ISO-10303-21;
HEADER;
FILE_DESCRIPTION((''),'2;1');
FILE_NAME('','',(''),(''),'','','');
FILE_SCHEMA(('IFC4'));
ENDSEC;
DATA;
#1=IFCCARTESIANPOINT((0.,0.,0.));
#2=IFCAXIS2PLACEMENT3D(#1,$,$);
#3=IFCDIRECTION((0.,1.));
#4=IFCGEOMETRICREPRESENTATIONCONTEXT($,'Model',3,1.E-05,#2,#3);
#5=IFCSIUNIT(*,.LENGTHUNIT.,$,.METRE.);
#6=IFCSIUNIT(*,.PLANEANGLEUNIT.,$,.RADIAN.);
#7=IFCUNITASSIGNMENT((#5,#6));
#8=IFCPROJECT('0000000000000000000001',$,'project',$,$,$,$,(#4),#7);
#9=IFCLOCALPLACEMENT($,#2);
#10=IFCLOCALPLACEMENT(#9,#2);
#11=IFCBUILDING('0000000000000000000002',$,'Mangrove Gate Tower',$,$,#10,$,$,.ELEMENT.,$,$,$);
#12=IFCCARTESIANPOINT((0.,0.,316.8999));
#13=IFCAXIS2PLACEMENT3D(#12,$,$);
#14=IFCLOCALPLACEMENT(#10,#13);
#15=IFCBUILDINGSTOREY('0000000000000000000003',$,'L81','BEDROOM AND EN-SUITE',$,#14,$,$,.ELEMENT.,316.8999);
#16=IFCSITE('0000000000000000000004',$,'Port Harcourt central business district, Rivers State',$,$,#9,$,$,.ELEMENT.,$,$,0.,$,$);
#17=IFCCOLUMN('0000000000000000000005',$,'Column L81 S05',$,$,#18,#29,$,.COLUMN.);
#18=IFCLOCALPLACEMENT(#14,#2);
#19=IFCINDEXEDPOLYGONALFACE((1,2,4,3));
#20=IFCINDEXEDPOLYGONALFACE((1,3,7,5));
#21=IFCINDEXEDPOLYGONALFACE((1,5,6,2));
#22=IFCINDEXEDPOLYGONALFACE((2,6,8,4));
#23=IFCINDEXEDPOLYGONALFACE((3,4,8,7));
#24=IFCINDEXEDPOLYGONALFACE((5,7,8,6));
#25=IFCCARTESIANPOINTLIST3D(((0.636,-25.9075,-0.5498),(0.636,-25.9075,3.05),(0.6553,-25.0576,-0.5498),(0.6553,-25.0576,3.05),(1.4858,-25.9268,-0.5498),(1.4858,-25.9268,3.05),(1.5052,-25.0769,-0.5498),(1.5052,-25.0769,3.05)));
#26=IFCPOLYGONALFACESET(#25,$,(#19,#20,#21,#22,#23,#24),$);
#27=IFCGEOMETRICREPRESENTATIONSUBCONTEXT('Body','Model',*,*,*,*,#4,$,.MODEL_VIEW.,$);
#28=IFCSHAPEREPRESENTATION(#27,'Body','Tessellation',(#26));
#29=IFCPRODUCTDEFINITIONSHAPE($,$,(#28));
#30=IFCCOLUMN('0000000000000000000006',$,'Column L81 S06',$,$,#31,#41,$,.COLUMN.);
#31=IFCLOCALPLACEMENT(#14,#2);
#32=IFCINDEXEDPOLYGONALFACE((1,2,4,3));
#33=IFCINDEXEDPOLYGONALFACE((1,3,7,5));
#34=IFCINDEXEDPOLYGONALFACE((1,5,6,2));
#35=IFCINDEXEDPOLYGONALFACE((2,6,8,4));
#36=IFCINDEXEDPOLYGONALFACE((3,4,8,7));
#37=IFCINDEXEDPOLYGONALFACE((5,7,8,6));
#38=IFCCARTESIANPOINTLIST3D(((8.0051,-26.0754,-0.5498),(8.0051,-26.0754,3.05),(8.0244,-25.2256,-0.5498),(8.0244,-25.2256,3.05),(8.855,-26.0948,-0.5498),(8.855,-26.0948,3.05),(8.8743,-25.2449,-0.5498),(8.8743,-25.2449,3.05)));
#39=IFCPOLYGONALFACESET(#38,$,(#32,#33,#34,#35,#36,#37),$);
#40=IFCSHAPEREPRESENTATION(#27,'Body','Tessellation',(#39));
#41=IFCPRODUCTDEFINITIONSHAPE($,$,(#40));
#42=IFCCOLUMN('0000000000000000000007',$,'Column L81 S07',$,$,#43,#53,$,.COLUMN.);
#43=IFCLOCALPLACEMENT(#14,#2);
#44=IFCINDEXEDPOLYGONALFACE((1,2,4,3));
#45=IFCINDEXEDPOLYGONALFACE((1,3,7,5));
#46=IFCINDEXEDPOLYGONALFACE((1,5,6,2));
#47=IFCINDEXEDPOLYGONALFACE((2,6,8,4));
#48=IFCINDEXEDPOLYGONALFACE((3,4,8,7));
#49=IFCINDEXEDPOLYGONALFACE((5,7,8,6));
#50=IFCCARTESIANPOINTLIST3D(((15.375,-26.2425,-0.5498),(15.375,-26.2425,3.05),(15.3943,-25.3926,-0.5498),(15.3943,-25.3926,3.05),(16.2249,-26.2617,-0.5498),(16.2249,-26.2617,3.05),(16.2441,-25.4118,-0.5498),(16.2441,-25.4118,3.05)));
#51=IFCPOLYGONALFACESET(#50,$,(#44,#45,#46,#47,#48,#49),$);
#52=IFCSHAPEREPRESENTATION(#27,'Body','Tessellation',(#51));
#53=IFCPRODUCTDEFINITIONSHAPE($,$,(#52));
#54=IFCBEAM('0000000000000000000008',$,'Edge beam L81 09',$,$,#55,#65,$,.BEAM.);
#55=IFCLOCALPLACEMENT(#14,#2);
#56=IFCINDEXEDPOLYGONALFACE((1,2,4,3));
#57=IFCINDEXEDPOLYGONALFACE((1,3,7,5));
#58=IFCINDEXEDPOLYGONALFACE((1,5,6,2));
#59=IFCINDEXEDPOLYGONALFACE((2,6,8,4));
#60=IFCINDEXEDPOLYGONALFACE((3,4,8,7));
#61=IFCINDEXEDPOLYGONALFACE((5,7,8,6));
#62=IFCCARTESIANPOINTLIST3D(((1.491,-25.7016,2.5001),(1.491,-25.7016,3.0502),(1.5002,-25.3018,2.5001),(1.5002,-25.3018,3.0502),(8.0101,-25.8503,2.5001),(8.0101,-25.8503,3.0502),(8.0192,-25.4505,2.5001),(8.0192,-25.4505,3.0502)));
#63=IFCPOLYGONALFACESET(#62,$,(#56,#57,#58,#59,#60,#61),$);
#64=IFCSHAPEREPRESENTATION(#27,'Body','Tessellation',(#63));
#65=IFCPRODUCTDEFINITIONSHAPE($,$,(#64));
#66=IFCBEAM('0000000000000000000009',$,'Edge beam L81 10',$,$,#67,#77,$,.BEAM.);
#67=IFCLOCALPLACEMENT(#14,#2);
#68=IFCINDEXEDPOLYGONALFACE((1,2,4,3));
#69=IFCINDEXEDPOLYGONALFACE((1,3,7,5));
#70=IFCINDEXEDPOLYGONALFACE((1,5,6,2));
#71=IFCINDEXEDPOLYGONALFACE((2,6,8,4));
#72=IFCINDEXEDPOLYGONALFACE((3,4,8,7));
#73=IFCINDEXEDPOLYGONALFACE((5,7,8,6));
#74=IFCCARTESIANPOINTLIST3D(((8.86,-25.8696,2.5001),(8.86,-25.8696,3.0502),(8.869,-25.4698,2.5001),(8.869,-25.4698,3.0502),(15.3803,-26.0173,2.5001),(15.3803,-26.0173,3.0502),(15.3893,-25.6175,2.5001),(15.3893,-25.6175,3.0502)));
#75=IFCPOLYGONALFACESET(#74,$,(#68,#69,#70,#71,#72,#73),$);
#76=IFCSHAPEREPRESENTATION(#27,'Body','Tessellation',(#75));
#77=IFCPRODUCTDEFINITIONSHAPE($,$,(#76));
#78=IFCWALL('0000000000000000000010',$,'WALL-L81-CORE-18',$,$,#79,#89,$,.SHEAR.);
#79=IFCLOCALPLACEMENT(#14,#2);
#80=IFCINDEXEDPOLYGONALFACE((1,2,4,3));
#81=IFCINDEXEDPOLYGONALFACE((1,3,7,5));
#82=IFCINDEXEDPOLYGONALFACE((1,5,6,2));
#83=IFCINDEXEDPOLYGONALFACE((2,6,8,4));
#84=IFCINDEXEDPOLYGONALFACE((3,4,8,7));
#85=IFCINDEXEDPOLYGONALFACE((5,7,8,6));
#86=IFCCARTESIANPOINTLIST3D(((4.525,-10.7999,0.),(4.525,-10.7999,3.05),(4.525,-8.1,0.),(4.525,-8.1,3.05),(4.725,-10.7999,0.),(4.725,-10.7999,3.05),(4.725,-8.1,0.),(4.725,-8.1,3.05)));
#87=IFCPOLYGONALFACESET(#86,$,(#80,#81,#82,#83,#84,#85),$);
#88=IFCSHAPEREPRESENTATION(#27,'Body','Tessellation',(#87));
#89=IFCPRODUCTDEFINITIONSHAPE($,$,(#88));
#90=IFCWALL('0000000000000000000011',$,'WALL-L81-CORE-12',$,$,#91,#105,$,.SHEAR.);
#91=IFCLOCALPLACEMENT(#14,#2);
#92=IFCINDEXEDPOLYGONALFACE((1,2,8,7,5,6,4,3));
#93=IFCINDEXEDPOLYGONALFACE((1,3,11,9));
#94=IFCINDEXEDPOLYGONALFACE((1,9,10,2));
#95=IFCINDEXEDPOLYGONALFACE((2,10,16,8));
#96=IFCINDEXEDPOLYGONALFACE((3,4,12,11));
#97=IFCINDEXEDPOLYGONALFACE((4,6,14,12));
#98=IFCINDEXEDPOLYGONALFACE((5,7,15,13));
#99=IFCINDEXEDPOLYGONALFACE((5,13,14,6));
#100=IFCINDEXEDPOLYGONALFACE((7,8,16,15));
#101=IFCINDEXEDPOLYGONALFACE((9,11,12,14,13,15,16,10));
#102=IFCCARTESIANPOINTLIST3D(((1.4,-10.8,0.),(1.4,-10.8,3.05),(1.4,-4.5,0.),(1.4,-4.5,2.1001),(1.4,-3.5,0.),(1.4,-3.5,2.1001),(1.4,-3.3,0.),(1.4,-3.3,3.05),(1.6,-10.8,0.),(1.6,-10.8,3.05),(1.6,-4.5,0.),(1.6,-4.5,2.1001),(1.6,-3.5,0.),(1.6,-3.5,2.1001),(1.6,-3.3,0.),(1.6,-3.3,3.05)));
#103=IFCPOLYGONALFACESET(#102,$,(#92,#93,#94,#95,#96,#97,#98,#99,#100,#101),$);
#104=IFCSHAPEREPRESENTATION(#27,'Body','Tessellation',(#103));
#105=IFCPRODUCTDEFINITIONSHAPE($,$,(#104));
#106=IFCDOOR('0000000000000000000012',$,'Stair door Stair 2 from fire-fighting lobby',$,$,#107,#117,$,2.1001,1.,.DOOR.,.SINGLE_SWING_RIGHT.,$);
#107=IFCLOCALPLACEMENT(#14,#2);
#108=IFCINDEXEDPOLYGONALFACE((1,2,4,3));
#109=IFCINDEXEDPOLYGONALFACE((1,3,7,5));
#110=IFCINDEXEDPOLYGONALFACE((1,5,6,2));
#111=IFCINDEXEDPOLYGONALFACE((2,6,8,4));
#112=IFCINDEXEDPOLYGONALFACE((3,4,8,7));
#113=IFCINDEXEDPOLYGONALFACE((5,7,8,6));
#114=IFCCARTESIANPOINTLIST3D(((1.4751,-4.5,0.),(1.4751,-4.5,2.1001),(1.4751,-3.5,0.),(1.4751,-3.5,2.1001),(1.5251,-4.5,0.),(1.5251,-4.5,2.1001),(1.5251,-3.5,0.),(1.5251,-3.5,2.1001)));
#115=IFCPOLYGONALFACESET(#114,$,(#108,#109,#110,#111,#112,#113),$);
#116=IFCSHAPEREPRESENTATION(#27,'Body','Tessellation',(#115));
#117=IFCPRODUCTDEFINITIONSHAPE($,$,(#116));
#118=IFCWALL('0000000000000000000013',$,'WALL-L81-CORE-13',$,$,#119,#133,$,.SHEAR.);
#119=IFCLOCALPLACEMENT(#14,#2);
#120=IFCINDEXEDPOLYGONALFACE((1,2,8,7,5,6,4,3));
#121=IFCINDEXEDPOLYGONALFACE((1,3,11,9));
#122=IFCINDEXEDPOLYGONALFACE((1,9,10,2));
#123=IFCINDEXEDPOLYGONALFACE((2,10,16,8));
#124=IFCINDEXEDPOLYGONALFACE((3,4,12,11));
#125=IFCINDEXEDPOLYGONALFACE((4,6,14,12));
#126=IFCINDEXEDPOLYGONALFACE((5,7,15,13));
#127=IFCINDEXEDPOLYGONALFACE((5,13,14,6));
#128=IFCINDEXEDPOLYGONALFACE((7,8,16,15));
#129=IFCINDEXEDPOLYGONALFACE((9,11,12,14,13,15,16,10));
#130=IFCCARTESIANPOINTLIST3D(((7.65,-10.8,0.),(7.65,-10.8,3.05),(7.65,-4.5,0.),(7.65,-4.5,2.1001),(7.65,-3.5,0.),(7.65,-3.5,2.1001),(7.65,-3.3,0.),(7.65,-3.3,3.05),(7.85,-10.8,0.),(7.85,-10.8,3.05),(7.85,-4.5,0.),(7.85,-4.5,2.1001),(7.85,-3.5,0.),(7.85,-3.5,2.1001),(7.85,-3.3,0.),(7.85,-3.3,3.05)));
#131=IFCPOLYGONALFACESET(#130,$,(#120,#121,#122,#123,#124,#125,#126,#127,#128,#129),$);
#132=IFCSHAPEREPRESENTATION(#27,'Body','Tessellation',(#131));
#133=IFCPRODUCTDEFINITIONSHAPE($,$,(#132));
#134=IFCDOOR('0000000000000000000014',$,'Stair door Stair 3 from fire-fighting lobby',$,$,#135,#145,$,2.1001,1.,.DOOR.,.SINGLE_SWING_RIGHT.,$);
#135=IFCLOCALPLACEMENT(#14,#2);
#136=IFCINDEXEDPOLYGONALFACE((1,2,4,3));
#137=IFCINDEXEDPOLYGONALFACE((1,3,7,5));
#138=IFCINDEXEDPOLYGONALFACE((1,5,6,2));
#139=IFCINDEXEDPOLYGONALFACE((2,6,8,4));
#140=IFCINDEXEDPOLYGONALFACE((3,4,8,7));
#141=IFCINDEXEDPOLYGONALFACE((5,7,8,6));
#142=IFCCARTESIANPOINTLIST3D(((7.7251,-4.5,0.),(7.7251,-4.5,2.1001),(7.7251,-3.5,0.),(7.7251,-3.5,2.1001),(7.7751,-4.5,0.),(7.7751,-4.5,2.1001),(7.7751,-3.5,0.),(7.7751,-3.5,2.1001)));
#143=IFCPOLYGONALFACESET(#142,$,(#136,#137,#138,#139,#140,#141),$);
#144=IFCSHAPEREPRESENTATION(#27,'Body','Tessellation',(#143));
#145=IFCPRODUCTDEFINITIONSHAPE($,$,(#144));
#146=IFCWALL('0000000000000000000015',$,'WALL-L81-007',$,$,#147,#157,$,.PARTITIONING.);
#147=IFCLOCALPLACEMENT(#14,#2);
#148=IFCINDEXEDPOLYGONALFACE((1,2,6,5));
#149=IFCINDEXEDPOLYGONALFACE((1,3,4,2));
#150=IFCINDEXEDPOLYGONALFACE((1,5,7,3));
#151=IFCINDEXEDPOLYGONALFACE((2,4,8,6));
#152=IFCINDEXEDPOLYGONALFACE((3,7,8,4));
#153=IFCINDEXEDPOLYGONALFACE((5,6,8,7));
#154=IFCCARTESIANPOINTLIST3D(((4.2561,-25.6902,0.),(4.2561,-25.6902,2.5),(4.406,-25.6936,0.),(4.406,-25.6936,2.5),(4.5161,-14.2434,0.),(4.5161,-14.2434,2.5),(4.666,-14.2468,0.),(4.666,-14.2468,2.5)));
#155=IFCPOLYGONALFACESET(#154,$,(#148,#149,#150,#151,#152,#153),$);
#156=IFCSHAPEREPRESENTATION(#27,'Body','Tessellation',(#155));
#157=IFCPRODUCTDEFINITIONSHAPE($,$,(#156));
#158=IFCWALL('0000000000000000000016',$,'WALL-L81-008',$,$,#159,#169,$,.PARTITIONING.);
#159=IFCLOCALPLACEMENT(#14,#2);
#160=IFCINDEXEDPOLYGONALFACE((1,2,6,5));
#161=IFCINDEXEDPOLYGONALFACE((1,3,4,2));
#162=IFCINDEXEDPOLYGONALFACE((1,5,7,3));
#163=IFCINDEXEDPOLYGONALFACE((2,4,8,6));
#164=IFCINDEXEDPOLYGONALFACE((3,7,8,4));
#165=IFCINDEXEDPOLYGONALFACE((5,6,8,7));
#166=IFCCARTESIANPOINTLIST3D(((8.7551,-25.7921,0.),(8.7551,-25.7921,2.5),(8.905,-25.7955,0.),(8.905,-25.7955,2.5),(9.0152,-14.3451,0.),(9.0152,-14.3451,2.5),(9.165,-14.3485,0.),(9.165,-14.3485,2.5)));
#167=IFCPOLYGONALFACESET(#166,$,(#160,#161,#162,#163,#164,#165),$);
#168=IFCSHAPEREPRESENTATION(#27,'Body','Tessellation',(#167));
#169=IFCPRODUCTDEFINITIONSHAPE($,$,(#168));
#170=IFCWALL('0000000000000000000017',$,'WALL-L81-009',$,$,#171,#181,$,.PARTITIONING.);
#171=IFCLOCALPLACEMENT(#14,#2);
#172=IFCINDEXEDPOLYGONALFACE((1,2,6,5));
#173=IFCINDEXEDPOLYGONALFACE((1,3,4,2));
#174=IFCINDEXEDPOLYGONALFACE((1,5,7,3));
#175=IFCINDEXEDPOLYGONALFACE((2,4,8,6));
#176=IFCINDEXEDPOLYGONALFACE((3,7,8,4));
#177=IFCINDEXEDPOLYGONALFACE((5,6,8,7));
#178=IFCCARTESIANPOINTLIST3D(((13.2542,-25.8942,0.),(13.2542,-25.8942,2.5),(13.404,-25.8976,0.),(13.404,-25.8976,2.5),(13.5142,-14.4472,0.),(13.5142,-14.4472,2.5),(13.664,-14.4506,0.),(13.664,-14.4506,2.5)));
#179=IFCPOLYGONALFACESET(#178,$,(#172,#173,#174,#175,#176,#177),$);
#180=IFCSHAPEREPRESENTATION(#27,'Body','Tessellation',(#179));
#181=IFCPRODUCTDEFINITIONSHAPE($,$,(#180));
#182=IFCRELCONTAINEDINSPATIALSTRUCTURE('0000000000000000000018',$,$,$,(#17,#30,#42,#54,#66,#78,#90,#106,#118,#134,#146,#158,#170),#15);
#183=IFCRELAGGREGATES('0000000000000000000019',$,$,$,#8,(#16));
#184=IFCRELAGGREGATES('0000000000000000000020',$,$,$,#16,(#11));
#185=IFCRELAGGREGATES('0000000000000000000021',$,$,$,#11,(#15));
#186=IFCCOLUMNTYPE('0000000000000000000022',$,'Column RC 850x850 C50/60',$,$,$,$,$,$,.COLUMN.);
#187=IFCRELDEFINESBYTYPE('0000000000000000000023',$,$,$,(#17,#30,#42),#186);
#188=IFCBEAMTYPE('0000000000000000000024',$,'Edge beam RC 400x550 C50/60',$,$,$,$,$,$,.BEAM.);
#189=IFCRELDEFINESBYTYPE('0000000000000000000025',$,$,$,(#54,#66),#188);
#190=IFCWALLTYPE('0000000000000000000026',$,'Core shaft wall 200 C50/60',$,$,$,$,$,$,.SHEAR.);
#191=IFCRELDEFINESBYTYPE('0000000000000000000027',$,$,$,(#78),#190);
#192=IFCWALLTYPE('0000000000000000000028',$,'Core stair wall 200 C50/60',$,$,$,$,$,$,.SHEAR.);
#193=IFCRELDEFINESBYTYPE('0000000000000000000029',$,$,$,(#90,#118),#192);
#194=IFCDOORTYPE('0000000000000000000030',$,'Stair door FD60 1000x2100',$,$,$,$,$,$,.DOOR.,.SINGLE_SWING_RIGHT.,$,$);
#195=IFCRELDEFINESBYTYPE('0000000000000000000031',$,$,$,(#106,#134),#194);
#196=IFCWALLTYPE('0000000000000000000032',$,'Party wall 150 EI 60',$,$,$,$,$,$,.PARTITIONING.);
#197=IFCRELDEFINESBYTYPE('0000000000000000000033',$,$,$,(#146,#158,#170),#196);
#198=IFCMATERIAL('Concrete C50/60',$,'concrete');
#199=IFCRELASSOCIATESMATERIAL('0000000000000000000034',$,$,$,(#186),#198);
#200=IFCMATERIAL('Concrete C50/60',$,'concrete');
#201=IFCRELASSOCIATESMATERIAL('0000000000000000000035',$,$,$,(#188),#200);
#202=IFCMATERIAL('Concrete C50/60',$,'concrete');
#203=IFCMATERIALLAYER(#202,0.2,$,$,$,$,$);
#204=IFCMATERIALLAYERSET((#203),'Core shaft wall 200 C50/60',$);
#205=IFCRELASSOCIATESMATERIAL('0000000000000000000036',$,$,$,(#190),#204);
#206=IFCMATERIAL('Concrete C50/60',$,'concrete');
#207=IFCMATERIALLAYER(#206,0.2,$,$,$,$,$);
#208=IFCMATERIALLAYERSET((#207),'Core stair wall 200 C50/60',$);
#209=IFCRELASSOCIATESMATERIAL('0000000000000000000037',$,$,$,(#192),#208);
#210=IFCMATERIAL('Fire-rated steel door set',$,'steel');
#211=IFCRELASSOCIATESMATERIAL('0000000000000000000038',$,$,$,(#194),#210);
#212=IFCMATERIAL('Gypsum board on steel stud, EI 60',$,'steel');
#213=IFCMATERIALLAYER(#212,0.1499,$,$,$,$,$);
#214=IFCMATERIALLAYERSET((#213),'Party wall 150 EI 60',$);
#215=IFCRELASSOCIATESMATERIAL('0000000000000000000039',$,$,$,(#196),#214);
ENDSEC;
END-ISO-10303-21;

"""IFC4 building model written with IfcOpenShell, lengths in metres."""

from ifc_helpers import new_model, si_unit, direction, frame, frame_2d, origin, origin_2d, place, context, subcontext, project, spatial, rectangle, extrude, material, layer, layer_set, material_profile, profile_set, type_object, element, fill, save


model = new_model("IFC4")

# Units and contexts
model_context = context("Model", 3, precision=1e-05, world=origin(), true_north=direction((0.0, 1.0)))
body_context = subcontext(model_context, "Body", "Model", "MODEL_VIEW")
ifc_project = project(units=[si_unit("LENGTHUNIT", "METRE"), si_unit("PLANEANGLEUNIT", "RADIAN")], contexts=[model_context])

# Site, building, storey
site_placement = place(None, origin())
site = spatial("IfcSite", under=ifc_project, at=site_placement, Name="Port Harcourt central business district, Rivers State", CompositionType="ELEMENT", RefElevation=0.0)
building_placement = place(site_placement, origin())
building = spatial("IfcBuilding", under=site, at=building_placement, Name="Mangrove Gate Tower", CompositionType="ELEMENT")
storey_placement = place(building_placement, frame((0.0, 0.0, 316.8999)))
storey = spatial("IfcBuildingStorey", under=building, at=storey_placement, Name="L81", Description="BEDROOM AND EN-SUITE", CompositionType="ELEMENT", Elevation=316.8999)

# Columns
ifc_material_1 = material(Name="Concrete C50/60", Category="concrete")
ifc_material_profile_1 = material_profile(ifc_material_1, rectangle(XDim=0.8501, YDim=0.8501, at=origin_2d()))
ifc_profile_set_1 = profile_set([ifc_material_profile_1], Name="Concrete C50/60")
column_type = type_object("IfcColumnType", Name="Column RC 850x850 C50/60", PredefinedType="COLUMN", material=ifc_profile_set_1)
for number, where, z_axis, x_axis, name in (
    (1, (1.0706, -25.4922, -0.5498), (0.0, 0.0, 1.0), (0.999742, -0.022723, 0.0), "Column L81 S05"),
    (2, (8.4397, -25.6602, -0.5498), (0.0, 0.0, 1.0), (0.999742, -0.022723, 0.0), "Column L81 S06"),
    (3, (15.8096, -25.8271, -0.5498), (0.0, 0.0, 1.0), (0.999743, -0.022654, 0.0), "Column L81 S07"),
):
    element("IfcColumn", number, at=place(storey_placement, frame(where, z_axis=z_axis, x_axis=x_axis)), inside=storey, type_object=column_type, Name=name, PredefinedType="COLUMN", context=body_context, shape_type="SweptSolid", body=[
        extrude(rectangle(XDim=0.8501, YDim=0.8501, at=origin_2d()), origin(), (0.0, 0.0, 1.0), 3.5999),
    ])

# Beams
ifc_material_2 = material(Name="Concrete C50/60", Category="concrete")
ifc_material_profile_2 = material_profile(ifc_material_2, rectangle(XDim=0.3999, YDim=0.55, at=origin_2d()))
ifc_profile_set_2 = profile_set([ifc_material_profile_2], Name="Concrete C50/60")
beam_type = type_object("IfcBeamType", Name="Edge beam RC 400x550 C50/60", PredefinedType="BEAM", material=ifc_profile_set_2)
beam_1_placement = place(storey_placement, frame((1.4956, -25.5017, 2.7751), z_axis=(0.99974, -0.022801, 0.0), x_axis=(0.022801, 0.99974, 0.0)))
element("IfcBeam", 4, at=beam_1_placement, inside=storey, type_object=beam_type, Name="Edge beam L81 09", PredefinedType="BEAM", context=body_context, shape_type="SweptSolid", body=[
    extrude(rectangle(XDim=0.3999, YDim=0.55, at=origin_2d()), origin(), (0.0, 0.0, 1.0), 6.5208),
])
beam_2_placement = place(storey_placement, frame((8.8645, -25.6697, 2.7751), z_axis=(0.999744, -0.022647, 0.0), x_axis=(0.022647, 0.999744, 0.0)))
element("IfcBeam", 5, at=beam_2_placement, inside=storey, type_object=beam_type, Name="Edge beam L81 10", PredefinedType="BEAM", context=body_context, shape_type="SweptSolid", body=[
    extrude(rectangle(XDim=0.3999, YDim=0.55, at=origin_2d()), origin(), (0.0, 0.0, 1.0), 6.522),
])

# Wall
ifc_material_3 = material(Name="Concrete C50/60", Category="concrete")
ifc_layer_1 = layer(ifc_material_3, 0.2)
ifc_layer_set_1 = layer_set([ifc_layer_1], Name="Core shaft wall 200 C50/60")
wall_type_1 = type_object("IfcWallType", Name="Core shaft wall 200 C50/60", PredefinedType="SHEAR", material=ifc_layer_set_1)
wall_1_placement = place(storey_placement, frame((4.625, -10.8, 0.0), z_axis=(0.0, 0.0, 1.0), x_axis=(0.0, 1.0, 0.0)))
element("IfcWall", 6, at=wall_1_placement, inside=storey, type_object=wall_type_1, Name="WALL-L81-CORE-18", PredefinedType="SHEAR", context=body_context, shape_type="SweptSolid", body=[
    extrude(rectangle(XDim=2.7, YDim=0.2, at=frame_2d((1.3501, 0.0))), origin(), (0.0, 0.0, 1.0), 3.05),
])

# Walls, openings, doors
ifc_material_4 = material(Name="Concrete C50/60", Category="concrete")
ifc_layer_2 = layer(ifc_material_4, 0.2)
ifc_layer_set_2 = layer_set([ifc_layer_2], Name="Core stair wall 200 C50/60")
wall_type_2 = type_object("IfcWallType", Name="Core stair wall 200 C50/60", PredefinedType="SHEAR", material=ifc_layer_set_2)
wall_2_placement = place(storey_placement, frame((1.5, -10.8, 0.0), z_axis=(0.0, 0.0, 1.0), x_axis=(0.0, 1.0, 0.0)))
wall_2 = element("IfcWall", 7, at=wall_2_placement, inside=storey, type_object=wall_type_2, Name="WALL-L81-CORE-12", PredefinedType="SHEAR", context=body_context, shape_type="SweptSolid", body=[
    extrude(rectangle(XDim=7.5, YDim=0.2, at=frame_2d((3.75, 0.0))), origin(), (0.0, 0.0, 1.0), 3.05),
])
opening_1_placement = place(wall_2_placement, frame((6.3, 0.0, 0.0)))
opening_1 = element("IfcOpeningElement", 8, at=opening_1_placement, cuts=wall_2, PredefinedType="OPENING", context=body_context, shape_type="SweptSolid", body=[
    extrude(rectangle(XDim=1.0, YDim=2.1001, at=frame_2d((0.5, 1.05))), frame((0.0, 0.1099, 0.0), z_axis=(0.0, -1.0, 0.0), x_axis=(1.0, 0.0, 0.0)), (0.0, 0.0, 1.0), 0.22),
])
ifc_material_5 = material(Name="Fire-rated steel door set", Category="steel")
door_type_1 = type_object("IfcDoorType", Name="Stair door FD60 1000x2100", OperationType="SINGLE_SWING_RIGHT", PredefinedType="DOOR", material=ifc_material_5)
door_1_placement = place(opening_1_placement, origin())
door_1 = element("IfcDoor", 9, at=door_1_placement, inside=storey, type_object=door_type_1, Name="Stair door Stair 2 from fire-fighting lobby", OperationType="SINGLE_SWING_RIGHT", OverallHeight=2.1001, OverallWidth=1.0, PredefinedType="DOOR", context=body_context, shape_type="SweptSolid", body=[
    extrude(rectangle(XDim=1.0, YDim=2.1001, at=frame_2d((0.5, 1.05))), frame((0.0, 0.0249, 0.0), z_axis=(0.0, -1.0, 0.0), x_axis=(1.0, 0.0, 0.0)), (0.0, 0.0, 1.0), 0.05),
])
fill(opening_1, door_1)
wall_3_placement = place(storey_placement, frame((7.75, -10.8, 0.0), z_axis=(0.0, 0.0, 1.0), x_axis=(0.0, 1.0, 0.0)))
wall_3 = element("IfcWall", 10, at=wall_3_placement, inside=storey, type_object=wall_type_2, Name="WALL-L81-CORE-13", PredefinedType="SHEAR", context=body_context, shape_type="SweptSolid", body=[
    extrude(rectangle(XDim=7.5, YDim=0.2, at=frame_2d((3.75, 0.0))), origin(), (0.0, 0.0, 1.0), 3.05),
])
opening_2_placement = place(wall_3_placement, frame((6.3, 0.0, 0.0)))
opening_2 = element("IfcOpeningElement", 11, at=opening_2_placement, cuts=wall_3, PredefinedType="OPENING", context=body_context, shape_type="SweptSolid", body=[
    extrude(rectangle(XDim=1.0, YDim=2.1001, at=frame_2d((0.5, 1.05))), frame((0.0, 0.1099, 0.0), z_axis=(0.0, -1.0, 0.0), x_axis=(1.0, 0.0, 0.0)), (0.0, 0.0, 1.0), 0.22),
])
door_2_placement = place(opening_2_placement, origin())
door_2 = element("IfcDoor", 12, at=door_2_placement, inside=storey, type_object=door_type_1, Name="Stair door Stair 3 from fire-fighting lobby", OperationType="SINGLE_SWING_RIGHT", OverallHeight=2.1001, OverallWidth=1.0, PredefinedType="DOOR", context=body_context, shape_type="SweptSolid", body=[
    extrude(rectangle(XDim=1.0, YDim=2.1001, at=frame_2d((0.5, 1.05))), frame((0.0, 0.0249, 0.0), z_axis=(0.0, -1.0, 0.0), x_axis=(1.0, 0.0, 0.0)), (0.0, 0.0, 1.0), 0.05),
])
fill(opening_2, door_2)

# Walls
ifc_material_6 = material(Name="Gypsum board on steel stud, EI 60", Category="steel")
ifc_layer_3 = layer(ifc_material_6, 0.1499)
ifc_layer_set_3 = layer_set([ifc_layer_3], Name="Party wall 150 EI 60")
wall_type_3 = type_object("IfcWallType", Name="Party wall 150 EI 60", PredefinedType="PARTITIONING", material=ifc_layer_set_3)
wall_4_placement = place(storey_placement, frame((4.3311, -25.6919, 0.0), z_axis=(0.0, 0.0, 1.0), x_axis=(0.022709, 0.999742, 0.0)))
element("IfcWall", 13, at=wall_4_placement, inside=storey, type_object=wall_type_3, Name="WALL-L81-007", PredefinedType="PARTITIONING", context=body_context, shape_type="SweptSolid", body=[
    extrude(rectangle(XDim=11.4497, YDim=0.1499, at=frame_2d((5.7249, 0.0))), origin(), (0.0, 0.0, 1.0), 2.5),
])
for number, where, z_axis, x_axis, name in (
    (14, (8.8301, -25.7939, 0.0), (0.0, 0.0, 1.0), (0.022708, 0.999742, 0.0), "WALL-L81-008"),
    (15, (13.3291, -25.896, 0.0), (0.0, 0.0, 1.0), (0.022708, 0.999742, 0.0), "WALL-L81-009"),
):
    element("IfcWall", number, at=place(storey_placement, frame(where, z_axis=z_axis, x_axis=x_axis)), inside=storey, type_object=wall_type_3, Name=name, PredefinedType="PARTITIONING", context=body_context, shape_type="SweptSolid", body=[
        extrude(rectangle(XDim=11.45, YDim=0.1499, at=frame_2d((5.7251, 0.0))), origin(), (0.0, 0.0, 1.0), 2.5),
    ])

save(model, "model.ifc")
